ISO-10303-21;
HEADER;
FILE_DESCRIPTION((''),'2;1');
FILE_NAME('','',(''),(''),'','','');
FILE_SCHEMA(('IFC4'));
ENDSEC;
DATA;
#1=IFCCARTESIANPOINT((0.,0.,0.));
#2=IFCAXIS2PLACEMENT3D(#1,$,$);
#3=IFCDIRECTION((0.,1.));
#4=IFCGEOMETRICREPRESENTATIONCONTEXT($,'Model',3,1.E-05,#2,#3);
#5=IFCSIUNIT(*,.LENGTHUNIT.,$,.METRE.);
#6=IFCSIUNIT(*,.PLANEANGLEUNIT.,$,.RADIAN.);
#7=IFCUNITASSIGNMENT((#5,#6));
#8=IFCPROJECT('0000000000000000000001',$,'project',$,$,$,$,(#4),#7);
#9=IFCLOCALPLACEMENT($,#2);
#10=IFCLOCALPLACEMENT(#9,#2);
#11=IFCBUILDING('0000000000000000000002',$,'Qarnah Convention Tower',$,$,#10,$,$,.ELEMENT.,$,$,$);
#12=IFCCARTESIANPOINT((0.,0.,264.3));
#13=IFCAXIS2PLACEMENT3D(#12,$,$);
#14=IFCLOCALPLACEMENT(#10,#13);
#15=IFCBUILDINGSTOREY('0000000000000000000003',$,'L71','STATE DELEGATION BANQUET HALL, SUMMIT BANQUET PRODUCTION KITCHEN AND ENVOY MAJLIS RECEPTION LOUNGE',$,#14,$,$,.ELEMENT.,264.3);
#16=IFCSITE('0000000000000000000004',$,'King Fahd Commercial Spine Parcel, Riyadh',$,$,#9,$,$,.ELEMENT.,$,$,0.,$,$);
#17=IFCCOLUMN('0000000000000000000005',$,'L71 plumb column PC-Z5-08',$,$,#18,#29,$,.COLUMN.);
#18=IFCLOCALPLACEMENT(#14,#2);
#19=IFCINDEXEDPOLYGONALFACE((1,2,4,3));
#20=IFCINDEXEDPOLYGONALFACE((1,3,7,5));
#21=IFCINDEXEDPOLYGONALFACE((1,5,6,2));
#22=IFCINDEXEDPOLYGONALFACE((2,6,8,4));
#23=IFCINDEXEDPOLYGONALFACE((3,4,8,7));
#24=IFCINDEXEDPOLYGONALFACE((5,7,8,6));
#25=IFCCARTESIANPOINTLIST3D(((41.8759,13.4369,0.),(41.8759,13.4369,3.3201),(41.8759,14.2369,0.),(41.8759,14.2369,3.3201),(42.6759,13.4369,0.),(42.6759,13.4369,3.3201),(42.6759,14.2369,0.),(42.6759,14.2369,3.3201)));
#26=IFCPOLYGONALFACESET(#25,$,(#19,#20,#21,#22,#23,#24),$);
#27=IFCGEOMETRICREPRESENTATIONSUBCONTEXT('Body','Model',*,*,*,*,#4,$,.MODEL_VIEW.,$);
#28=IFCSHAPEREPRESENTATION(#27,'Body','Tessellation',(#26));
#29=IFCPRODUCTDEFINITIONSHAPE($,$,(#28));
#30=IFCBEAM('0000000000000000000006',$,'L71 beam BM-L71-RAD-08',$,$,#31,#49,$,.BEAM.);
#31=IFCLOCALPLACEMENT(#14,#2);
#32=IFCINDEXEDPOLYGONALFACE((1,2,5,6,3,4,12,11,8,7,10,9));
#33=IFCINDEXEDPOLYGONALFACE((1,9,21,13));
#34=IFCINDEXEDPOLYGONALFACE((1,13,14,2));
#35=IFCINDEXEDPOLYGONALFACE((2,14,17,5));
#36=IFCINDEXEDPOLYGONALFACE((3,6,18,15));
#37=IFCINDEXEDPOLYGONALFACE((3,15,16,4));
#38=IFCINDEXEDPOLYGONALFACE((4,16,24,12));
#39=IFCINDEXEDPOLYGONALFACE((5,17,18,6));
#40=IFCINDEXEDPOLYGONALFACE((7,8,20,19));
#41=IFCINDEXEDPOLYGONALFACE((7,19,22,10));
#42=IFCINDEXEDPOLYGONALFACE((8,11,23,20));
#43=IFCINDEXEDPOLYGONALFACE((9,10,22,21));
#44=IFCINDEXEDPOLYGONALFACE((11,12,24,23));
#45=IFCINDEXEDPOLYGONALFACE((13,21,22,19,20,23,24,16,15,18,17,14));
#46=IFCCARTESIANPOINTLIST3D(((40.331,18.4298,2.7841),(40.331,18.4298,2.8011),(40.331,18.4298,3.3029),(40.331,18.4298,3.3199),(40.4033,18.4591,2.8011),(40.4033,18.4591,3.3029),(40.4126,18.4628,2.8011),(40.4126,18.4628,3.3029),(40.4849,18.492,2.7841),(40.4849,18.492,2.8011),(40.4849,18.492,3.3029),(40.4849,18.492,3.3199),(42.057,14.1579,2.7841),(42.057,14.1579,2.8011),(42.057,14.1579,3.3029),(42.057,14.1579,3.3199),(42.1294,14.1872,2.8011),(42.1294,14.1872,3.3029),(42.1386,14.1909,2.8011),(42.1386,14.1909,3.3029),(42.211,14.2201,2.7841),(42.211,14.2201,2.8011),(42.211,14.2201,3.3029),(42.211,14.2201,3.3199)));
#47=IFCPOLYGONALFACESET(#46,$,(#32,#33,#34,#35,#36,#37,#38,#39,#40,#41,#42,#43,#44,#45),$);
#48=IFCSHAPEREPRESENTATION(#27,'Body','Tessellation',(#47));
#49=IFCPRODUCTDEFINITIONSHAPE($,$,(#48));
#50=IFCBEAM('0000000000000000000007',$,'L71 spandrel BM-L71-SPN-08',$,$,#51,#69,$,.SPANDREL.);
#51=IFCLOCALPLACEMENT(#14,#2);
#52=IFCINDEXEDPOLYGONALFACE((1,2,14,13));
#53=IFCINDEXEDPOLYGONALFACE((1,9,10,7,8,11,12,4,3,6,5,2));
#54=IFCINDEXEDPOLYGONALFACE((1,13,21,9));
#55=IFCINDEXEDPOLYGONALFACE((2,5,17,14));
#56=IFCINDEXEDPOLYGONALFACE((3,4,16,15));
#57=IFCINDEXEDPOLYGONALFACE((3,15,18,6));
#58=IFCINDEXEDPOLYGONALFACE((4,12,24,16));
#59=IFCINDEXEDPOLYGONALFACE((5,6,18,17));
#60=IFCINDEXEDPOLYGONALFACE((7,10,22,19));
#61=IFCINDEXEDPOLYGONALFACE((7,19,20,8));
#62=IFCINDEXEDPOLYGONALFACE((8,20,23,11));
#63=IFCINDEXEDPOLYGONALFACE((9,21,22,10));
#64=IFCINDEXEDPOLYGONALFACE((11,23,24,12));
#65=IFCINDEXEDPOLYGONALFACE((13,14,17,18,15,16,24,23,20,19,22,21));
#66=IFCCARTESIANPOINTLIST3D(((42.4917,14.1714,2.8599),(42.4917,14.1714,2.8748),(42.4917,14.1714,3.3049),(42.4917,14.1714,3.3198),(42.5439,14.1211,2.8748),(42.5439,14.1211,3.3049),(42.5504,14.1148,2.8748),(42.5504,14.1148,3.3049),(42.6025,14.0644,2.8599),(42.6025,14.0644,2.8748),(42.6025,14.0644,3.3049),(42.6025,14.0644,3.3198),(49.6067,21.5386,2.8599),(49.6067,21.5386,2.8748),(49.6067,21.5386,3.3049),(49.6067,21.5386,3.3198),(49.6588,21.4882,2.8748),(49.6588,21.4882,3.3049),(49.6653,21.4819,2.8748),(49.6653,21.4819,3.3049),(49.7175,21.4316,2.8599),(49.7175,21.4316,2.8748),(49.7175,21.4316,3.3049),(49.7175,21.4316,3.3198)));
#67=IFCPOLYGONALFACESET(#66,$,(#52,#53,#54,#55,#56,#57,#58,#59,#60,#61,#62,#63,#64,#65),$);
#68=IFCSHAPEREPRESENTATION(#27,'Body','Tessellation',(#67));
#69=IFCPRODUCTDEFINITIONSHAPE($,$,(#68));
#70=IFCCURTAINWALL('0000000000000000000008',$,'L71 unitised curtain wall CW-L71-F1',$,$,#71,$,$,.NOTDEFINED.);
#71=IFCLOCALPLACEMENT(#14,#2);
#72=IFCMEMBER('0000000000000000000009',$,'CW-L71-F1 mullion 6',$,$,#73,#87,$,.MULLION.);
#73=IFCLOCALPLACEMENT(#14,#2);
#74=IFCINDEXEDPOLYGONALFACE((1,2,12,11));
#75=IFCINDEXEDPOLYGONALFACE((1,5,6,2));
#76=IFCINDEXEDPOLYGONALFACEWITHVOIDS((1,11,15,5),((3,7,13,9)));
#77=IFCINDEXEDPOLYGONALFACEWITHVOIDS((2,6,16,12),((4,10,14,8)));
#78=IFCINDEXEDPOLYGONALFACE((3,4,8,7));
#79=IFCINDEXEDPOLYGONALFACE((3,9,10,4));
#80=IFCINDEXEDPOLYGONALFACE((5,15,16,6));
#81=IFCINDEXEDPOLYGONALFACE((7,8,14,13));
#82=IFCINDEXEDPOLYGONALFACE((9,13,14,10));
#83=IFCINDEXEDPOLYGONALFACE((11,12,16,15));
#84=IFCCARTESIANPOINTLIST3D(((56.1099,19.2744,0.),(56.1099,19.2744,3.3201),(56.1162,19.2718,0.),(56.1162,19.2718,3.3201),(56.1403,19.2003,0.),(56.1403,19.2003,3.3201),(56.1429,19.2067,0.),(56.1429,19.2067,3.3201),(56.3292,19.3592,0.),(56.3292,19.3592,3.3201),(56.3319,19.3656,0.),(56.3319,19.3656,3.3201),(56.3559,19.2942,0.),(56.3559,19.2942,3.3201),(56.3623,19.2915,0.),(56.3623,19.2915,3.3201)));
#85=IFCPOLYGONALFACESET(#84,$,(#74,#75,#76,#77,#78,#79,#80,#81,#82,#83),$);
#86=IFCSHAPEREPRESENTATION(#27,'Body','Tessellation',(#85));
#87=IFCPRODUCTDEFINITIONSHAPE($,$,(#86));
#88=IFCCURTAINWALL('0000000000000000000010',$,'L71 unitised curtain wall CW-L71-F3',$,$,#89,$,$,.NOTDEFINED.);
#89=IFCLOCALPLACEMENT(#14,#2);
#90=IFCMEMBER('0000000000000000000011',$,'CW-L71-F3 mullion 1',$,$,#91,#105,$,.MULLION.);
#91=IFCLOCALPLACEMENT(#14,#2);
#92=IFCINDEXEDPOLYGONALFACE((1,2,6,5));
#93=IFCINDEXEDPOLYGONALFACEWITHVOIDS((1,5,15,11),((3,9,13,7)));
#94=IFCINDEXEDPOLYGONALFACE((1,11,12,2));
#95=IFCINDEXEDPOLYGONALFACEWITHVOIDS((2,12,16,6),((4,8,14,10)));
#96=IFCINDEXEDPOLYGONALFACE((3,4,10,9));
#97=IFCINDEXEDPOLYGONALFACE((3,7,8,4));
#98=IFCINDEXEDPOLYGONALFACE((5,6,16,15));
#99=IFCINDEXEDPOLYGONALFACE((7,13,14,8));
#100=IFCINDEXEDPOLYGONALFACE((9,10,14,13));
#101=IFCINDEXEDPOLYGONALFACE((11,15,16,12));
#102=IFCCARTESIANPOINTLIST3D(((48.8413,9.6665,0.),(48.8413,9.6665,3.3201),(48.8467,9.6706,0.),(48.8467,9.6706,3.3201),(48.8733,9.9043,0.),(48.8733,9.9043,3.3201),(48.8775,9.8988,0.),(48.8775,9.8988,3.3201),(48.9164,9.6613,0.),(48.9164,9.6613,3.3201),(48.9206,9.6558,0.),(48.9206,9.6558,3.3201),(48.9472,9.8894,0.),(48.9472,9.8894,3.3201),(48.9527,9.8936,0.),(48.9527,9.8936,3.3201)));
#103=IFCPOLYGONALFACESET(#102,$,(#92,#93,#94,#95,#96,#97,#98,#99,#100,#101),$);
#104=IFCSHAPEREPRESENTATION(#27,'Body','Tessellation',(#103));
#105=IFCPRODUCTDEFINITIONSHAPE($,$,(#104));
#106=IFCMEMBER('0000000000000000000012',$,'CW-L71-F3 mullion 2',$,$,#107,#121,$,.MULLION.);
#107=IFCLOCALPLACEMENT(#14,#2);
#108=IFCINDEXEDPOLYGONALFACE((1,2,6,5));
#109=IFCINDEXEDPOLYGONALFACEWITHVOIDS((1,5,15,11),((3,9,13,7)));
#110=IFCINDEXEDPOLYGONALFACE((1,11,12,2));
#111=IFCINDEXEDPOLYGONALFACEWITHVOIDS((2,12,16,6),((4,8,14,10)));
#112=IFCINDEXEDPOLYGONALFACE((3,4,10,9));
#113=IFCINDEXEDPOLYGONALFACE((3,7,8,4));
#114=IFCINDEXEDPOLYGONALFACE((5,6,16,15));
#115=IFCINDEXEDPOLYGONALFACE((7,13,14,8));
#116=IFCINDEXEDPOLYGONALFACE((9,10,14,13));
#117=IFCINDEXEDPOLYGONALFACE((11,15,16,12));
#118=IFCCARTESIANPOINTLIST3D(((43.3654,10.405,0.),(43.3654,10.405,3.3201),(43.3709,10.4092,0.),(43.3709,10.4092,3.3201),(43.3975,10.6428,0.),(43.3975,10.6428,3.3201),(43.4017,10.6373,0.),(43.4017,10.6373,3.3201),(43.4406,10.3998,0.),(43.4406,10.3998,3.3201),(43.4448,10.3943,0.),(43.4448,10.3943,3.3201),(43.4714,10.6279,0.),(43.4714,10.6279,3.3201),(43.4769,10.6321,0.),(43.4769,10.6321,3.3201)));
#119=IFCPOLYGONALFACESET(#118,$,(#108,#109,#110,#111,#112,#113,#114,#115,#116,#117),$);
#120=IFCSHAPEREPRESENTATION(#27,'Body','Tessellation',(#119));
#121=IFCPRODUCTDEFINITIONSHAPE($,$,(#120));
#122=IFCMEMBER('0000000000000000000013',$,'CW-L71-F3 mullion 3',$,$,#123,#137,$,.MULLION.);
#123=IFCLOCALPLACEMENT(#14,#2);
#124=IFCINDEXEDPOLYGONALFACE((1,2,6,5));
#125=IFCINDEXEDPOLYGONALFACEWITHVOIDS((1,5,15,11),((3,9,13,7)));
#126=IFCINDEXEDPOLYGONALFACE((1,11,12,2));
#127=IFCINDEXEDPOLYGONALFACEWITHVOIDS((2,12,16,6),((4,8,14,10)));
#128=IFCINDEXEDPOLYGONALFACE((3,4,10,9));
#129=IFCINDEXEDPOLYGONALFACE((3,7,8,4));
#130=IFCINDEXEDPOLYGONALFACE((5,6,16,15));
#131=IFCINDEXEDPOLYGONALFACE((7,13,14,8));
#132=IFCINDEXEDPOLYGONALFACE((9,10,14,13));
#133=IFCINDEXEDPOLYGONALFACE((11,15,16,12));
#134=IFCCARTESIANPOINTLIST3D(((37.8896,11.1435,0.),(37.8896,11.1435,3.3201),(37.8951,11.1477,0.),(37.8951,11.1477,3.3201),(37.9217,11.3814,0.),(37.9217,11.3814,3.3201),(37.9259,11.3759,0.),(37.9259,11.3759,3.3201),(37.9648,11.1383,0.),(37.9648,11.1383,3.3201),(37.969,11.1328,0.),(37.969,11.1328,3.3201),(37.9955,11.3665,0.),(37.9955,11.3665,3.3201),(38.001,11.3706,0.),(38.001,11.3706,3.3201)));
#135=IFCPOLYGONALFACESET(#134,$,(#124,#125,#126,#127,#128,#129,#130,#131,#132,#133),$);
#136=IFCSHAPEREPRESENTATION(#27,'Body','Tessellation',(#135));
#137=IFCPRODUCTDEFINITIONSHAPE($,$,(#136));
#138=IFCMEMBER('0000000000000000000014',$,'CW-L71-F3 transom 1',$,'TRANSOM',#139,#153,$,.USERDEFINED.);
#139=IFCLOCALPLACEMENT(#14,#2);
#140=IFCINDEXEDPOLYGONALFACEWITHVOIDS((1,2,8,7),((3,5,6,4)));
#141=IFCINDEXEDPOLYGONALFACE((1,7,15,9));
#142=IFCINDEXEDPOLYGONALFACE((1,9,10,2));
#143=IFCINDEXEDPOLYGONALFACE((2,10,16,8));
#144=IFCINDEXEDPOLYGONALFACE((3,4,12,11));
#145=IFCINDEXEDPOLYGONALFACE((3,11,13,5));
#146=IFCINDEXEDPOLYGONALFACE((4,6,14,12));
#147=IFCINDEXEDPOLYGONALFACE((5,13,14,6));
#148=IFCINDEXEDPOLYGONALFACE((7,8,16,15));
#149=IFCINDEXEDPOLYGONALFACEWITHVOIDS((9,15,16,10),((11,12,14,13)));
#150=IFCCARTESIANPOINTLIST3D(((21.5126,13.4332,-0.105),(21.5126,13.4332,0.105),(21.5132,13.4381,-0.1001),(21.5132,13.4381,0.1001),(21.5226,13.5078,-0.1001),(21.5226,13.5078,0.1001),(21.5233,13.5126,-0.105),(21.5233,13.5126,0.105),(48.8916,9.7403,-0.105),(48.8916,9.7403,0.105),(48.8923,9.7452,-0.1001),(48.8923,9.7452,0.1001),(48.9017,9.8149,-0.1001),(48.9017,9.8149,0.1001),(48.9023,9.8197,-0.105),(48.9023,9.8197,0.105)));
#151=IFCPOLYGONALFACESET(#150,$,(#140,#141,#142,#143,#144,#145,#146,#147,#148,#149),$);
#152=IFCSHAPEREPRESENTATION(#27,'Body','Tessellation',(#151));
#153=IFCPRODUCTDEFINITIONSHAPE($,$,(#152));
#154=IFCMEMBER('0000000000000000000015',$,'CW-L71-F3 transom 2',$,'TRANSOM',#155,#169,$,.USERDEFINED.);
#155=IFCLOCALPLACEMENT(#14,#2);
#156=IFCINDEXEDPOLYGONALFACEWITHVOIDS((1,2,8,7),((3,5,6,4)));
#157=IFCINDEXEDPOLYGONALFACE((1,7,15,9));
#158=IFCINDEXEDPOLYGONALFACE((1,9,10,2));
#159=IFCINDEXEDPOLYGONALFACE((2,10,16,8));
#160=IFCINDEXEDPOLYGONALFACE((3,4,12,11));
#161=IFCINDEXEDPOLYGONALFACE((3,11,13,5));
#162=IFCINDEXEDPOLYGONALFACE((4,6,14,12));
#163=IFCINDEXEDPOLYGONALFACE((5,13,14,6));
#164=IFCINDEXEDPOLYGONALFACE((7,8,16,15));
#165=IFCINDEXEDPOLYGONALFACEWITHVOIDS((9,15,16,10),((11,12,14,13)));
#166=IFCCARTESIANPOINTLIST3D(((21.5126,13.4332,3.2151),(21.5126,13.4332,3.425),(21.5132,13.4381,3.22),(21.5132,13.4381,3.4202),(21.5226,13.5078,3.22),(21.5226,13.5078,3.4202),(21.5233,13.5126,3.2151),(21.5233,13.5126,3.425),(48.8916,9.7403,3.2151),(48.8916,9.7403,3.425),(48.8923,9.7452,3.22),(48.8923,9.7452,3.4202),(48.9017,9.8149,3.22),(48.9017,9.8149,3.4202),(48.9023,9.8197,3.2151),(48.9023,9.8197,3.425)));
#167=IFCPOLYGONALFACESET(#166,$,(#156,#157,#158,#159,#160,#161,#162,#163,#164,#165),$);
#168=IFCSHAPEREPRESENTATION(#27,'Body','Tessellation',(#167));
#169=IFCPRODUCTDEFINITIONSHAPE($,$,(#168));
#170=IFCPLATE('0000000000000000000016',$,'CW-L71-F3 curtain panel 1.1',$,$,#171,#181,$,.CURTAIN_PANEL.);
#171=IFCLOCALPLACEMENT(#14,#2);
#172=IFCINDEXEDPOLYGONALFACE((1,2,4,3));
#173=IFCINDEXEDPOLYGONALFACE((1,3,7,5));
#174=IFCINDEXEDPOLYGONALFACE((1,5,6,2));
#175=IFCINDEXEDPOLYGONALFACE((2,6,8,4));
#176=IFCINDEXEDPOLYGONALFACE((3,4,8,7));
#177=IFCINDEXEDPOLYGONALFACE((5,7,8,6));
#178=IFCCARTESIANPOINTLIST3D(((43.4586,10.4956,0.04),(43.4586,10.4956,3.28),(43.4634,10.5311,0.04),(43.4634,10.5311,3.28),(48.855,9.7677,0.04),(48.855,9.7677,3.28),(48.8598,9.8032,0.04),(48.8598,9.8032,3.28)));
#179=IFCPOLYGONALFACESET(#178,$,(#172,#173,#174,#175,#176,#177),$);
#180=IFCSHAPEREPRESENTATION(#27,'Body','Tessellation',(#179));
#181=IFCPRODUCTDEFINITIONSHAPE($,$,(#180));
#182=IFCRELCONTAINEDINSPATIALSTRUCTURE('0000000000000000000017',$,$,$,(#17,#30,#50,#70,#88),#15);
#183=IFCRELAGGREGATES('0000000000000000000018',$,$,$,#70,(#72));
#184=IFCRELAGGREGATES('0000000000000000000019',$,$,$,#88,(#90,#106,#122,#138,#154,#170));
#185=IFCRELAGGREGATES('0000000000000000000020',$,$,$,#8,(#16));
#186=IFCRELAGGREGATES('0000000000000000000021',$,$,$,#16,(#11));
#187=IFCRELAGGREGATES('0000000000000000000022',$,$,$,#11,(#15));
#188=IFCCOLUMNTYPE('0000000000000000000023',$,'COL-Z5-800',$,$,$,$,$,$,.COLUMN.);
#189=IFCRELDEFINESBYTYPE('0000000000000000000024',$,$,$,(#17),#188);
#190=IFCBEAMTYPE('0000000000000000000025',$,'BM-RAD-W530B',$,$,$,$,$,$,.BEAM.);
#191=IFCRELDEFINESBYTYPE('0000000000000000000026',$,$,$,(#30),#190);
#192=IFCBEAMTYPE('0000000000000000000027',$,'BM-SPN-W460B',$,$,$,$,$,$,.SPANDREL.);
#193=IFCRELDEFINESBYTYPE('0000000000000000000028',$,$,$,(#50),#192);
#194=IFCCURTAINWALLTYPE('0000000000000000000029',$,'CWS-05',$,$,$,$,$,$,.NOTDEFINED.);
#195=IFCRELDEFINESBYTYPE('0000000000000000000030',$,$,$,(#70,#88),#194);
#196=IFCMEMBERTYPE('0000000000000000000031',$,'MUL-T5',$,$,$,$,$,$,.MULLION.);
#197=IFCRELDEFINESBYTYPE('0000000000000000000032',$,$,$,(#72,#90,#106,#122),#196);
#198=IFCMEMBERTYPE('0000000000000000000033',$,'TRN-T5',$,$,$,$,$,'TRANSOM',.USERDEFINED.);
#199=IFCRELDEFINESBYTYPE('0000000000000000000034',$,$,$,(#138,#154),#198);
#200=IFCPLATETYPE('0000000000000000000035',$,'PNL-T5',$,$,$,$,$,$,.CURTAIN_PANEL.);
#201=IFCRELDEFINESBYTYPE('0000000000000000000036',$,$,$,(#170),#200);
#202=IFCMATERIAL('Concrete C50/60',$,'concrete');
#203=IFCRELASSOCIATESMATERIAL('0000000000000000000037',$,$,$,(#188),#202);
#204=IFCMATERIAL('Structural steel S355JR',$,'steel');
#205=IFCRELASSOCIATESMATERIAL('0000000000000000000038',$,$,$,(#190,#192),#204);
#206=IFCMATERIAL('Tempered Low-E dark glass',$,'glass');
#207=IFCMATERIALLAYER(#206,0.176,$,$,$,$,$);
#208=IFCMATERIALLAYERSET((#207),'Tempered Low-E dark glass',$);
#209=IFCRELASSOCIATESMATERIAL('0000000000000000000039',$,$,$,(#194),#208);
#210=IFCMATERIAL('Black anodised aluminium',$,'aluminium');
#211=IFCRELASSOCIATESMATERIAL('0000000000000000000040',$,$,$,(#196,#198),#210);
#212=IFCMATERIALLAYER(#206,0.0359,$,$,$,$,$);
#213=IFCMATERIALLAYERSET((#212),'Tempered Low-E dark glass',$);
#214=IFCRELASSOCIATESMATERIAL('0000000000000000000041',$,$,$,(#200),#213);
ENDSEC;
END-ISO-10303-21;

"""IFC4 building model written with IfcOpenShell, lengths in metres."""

from ifc_helpers import new_model, si_unit, direction, frame, origin, origin_2d, place, context, subcontext, project, spatial, rectangle, hollow_rectangle, i_section, extrude, material, layer, layer_set, material_profile, profile_set, type_object, element, aggregate, save


model = new_model("IFC4")

# Units and contexts
model_context = context("Model", 3, precision=1e-05, world=origin(), true_north=direction((0.0, 1.0)))
body_context = subcontext(model_context, "Body", "Model", "MODEL_VIEW")
ifc_project = project(units=[si_unit("LENGTHUNIT", "METRE"), si_unit("PLANEANGLEUNIT", "RADIAN")], contexts=[model_context])

# Site, building, storey
site_placement = place(None, origin())
site = spatial("IfcSite", under=ifc_project, at=site_placement, Name="King Fahd Commercial Spine Parcel, Riyadh", CompositionType="ELEMENT", RefElevation=0.0)
building_placement = place(site_placement, origin())
building = spatial("IfcBuilding", under=site, at=building_placement, Name="Qarnah Convention Tower", CompositionType="ELEMENT")
storey_placement = place(building_placement, frame((0.0, 0.0, 264.3)))
storey = spatial("IfcBuildingStorey", under=building, at=storey_placement, Name="L71", Description="STATE DELEGATION BANQUET HALL, SUMMIT BANQUET PRODUCTION KITCHEN AND ENVOY MAJLIS RECEPTION LOUNGE", CompositionType="ELEMENT", Elevation=264.3)

# Column
ifc_material_1 = material(Name="Concrete C50/60", Category="concrete")
ifc_material_profile_1 = material_profile(ifc_material_1, rectangle(XDim=0.8, YDim=0.8, at=origin_2d()), Name="RC-COL-800X800")
ifc_profile_set_1 = profile_set([ifc_material_profile_1], Name="Concrete C50/60")
column_type = type_object("IfcColumnType", Name="COL-Z5-800", PredefinedType="COLUMN", material=ifc_profile_set_1)
column_placement = place(storey_placement, frame((42.2759, 13.8369, 0.0), z_axis=(0.0, 0.0, 1.0), x_axis=(1.0, 0.0, 0.0)))
element("IfcColumn", 1, at=column_placement, inside=storey, type_object=column_type, Name="L71 plumb column PC-Z5-08", PredefinedType="COLUMN", context=body_context, shape_type="SweptSolid", body=[
    extrude(rectangle(XDim=0.8, YDim=0.8, at=origin_2d()), origin(), (0.0, 0.0, 1.0), 3.3201),
])

# Beams
ifc_material_2 = material(Name="Structural steel S355JR", Category="steel")
ifc_material_profile_2 = material_profile(ifc_material_2, i_section(OverallWidth=0.166, OverallDepth=0.5359, WebThickness=0.01, FlangeThickness=0.0171, at=origin_2d()), Name="W530X85")
ifc_profile_set_2 = profile_set([ifc_material_profile_2], Name="Structural steel S355JR")
beam_type_1 = type_object("IfcBeamType", Name="BM-RAD-W530B", PredefinedType="BEAM", material=ifc_profile_set_2)
beam_1_placement = place(storey_placement, frame((40.408, 18.4609, 3.052), z_axis=(0.374622, -0.927177, 0.0), x_axis=(0.927177, 0.374622, 0.0)))
element("IfcBeam", 2, at=beam_1_placement, inside=storey, type_object=beam_type_1, Name="L71 beam BM-L71-RAD-08", PredefinedType="BEAM", context=body_context, shape_type="SweptSolid", body=[
    extrude(i_section(OverallWidth=0.166, OverallDepth=0.5359, WebThickness=0.01, FlangeThickness=0.0171, at=origin_2d()), origin(), (0.0, 0.0, 1.0), 4.6074),
])
ifc_material_profile_3 = material_profile(ifc_material_2, i_section(OverallWidth=0.1541, OverallDepth=0.46, WebThickness=0.009, FlangeThickness=0.0149, at=origin_2d()), Name="W460X68")
ifc_profile_set_3 = profile_set([ifc_material_profile_3], Name="Structural steel S355JR")
beam_type_2 = type_object("IfcBeamType", Name="BM-SPN-W460B", PredefinedType="SPANDREL", material=ifc_profile_set_3)
beam_2_placement = place(storey_placement, frame((42.5471, 14.1179, 3.0898), z_axis=(0.694688, 0.719312, 0.0), x_axis=(-0.719312, 0.694688, 0.0)))
element("IfcBeam", 3, at=beam_2_placement, inside=storey, type_object=beam_type_2, Name="L71 spandrel BM-L71-SPN-08", PredefinedType="SPANDREL", context=body_context, shape_type="SweptSolid", body=[
    extrude(i_section(OverallWidth=0.1541, OverallDepth=0.46, WebThickness=0.009, FlangeThickness=0.0149, at=origin_2d()), origin(), (0.0, 0.0, 1.0), 10.2419),
])

# Curtain wall, member
ifc_material_3 = material(Name="Tempered Low-E dark glass", Category="glass")
ifc_layer_1 = layer(ifc_material_3, 0.176)
ifc_layer_set_1 = layer_set([ifc_layer_1], Name="Tempered Low-E dark glass")
curtain_wall_type = type_object("IfcCurtainWallType", Name="CWS-05", PredefinedType="NOTDEFINED", material=ifc_layer_set_1)
curtain_wall_1_placement = place(storey_placement, origin())
curtain_wall_1 = element("IfcCurtainWall", 4, at=curtain_wall_1_placement, inside=storey, type_object=curtain_wall_type, Name="L71 unitised curtain wall CW-L71-F1", PredefinedType="NOTDEFINED")
ifc_material_4 = material(Name="Black anodised aluminium", Category="aluminium")
ifc_material_profile_4 = material_profile(ifc_material_4, hollow_rectangle(XDim=0.0801, YDim=0.24, WallThickness=0.0049, at=origin_2d()), Name="MUL-80X240")
ifc_profile_set_4 = profile_set([ifc_material_profile_4], Name="Black anodised aluminium")
member_type_1 = type_object("IfcMemberType", Name="MUL-T5", PredefinedType="MULLION", material=ifc_profile_set_4)
member_1_placement = place(storey_placement, frame((56.2361, 19.283, 0.0), z_axis=(0.0, 0.0, 1.0), x_axis=(0.379776, -0.925079, 0.0)))
member_1 = element("IfcMember", 5, at=member_1_placement, type_object=member_type_1, Name="CW-L71-F1 mullion 6", PredefinedType="MULLION", context=body_context, shape_type="SweptSolid", body=[
    extrude(hollow_rectangle(XDim=0.0801, YDim=0.24, WallThickness=0.0049, at=origin_2d()), origin(), (0.0, 0.0, 1.0), 3.3201),
])
aggregate(curtain_wall_1, [member_1])

# Curtain wall, members, plate
curtain_wall_2_placement = place(storey_placement, origin())
curtain_wall_2 = element("IfcCurtainWall", 6, at=curtain_wall_2_placement, inside=storey, type_object=curtain_wall_type, Name="L71 unitised curtain wall CW-L71-F3", PredefinedType="NOTDEFINED")
member_2_placement = place(storey_placement, frame((48.897, 9.78, 0.0), z_axis=(0.0, 0.0, 1.0), x_axis=(-0.991025, 0.133674, 0.0)))
member_2 = element("IfcMember", 7, at=member_2_placement, type_object=member_type_1, Name="CW-L71-F3 mullion 1", PredefinedType="MULLION", context=body_context, shape_type="SweptSolid", body=[
    extrude(hollow_rectangle(XDim=0.0801, YDim=0.24, WallThickness=0.0049, at=origin_2d()), origin(), (0.0, 0.0, 1.0), 3.3201),
])
member_3_placement = place(storey_placement, frame((43.4211, 10.5186, 0.0), z_axis=(0.0, 0.0, 1.0), x_axis=(-0.991025, 0.133674, 0.0)))
member_3 = element("IfcMember", 8, at=member_3_placement, type_object=member_type_1, Name="CW-L71-F3 mullion 2", PredefinedType="MULLION", context=body_context, shape_type="SweptSolid", body=[
    extrude(hollow_rectangle(XDim=0.0801, YDim=0.24, WallThickness=0.0049, at=origin_2d()), origin(), (0.0, 0.0, 1.0), 3.3201),
])
member_4_placement = place(storey_placement, frame((37.9453, 11.2571, 0.0), z_axis=(0.0, 0.0, 1.0), x_axis=(-0.991025, 0.133674, 0.0)))
member_4 = element("IfcMember", 9, at=member_4_placement, type_object=member_type_1, Name="CW-L71-F3 mullion 3", PredefinedType="MULLION", context=body_context, shape_type="SweptSolid", body=[
    extrude(hollow_rectangle(XDim=0.0801, YDim=0.24, WallThickness=0.0049, at=origin_2d()), origin(), (0.0, 0.0, 1.0), 3.3201),
])
ifc_material_profile_5 = material_profile(ifc_material_4, hollow_rectangle(XDim=0.0801, YDim=0.21, WallThickness=0.0049, at=origin_2d()), Name="TRN-80X210")
ifc_profile_set_5 = profile_set([ifc_material_profile_5], Name="Black anodised aluminium")
member_type_2 = type_object("IfcMemberType", Name="TRN-T5", ElementType="TRANSOM", PredefinedType="USERDEFINED", material=ifc_profile_set_5)
member_5_placement = place(storey_placement, frame((48.897, 9.78, 0.0), z_axis=(-0.991026, 0.13367, 0.0), x_axis=(-0.13367, -0.991026, 0.0)))
member_5 = element("IfcMember", 10, at=member_5_placement, type_object=member_type_2, Name="CW-L71-F3 transom 1", ObjectType="TRANSOM", PredefinedType="USERDEFINED", context=body_context, shape_type="SweptSolid", body=[
    extrude(hollow_rectangle(XDim=0.0801, YDim=0.21, WallThickness=0.0049, at=origin_2d()), origin(), (0.0, 0.0, 1.0), 27.627),
])
member_6_placement = place(storey_placement, frame((48.897, 9.78, 3.3201), z_axis=(-0.991026, 0.13367, 0.0), x_axis=(-0.13367, -0.991026, 0.0)))
member_6 = element("IfcMember", 11, at=member_6_placement, type_object=member_type_2, Name="CW-L71-F3 transom 2", ObjectType="TRANSOM", PredefinedType="USERDEFINED", context=body_context, shape_type="SweptSolid", body=[
    extrude(hollow_rectangle(XDim=0.0801, YDim=0.21, WallThickness=0.0049, at=origin_2d()), origin(), (0.0, 0.0, 1.0), 27.627),
])
ifc_layer_2 = layer(ifc_material_3, 0.0359)
ifc_layer_set_2 = layer_set([ifc_layer_2], Name="Tempered Low-E dark glass")
plate_type = type_object("IfcPlateType", Name="PNL-T5", PredefinedType="CURTAIN_PANEL", material=ifc_layer_set_2)
plate_1_placement = place(storey_placement, frame((46.1592, 10.1494, 0.04), z_axis=(0.0, 0.0, 1.0), x_axis=(-0.991025, 0.133674, 0.0)))
plate_1 = element("IfcPlate", 12, at=plate_1_placement, type_object=plate_type, Name="CW-L71-F3 curtain panel 1.1", PredefinedType="CURTAIN_PANEL", context=body_context, shape_type="SweptSolid", body=[
    extrude(rectangle(XDim=5.4453, YDim=0.0359, at=origin_2d()), origin(), (0.0, 0.0, 1.0), 3.24),
])
aggregate(curtain_wall_2, [member_2, member_3, member_4, member_5, member_6, plate_1])

save(model, "model.ifc")
